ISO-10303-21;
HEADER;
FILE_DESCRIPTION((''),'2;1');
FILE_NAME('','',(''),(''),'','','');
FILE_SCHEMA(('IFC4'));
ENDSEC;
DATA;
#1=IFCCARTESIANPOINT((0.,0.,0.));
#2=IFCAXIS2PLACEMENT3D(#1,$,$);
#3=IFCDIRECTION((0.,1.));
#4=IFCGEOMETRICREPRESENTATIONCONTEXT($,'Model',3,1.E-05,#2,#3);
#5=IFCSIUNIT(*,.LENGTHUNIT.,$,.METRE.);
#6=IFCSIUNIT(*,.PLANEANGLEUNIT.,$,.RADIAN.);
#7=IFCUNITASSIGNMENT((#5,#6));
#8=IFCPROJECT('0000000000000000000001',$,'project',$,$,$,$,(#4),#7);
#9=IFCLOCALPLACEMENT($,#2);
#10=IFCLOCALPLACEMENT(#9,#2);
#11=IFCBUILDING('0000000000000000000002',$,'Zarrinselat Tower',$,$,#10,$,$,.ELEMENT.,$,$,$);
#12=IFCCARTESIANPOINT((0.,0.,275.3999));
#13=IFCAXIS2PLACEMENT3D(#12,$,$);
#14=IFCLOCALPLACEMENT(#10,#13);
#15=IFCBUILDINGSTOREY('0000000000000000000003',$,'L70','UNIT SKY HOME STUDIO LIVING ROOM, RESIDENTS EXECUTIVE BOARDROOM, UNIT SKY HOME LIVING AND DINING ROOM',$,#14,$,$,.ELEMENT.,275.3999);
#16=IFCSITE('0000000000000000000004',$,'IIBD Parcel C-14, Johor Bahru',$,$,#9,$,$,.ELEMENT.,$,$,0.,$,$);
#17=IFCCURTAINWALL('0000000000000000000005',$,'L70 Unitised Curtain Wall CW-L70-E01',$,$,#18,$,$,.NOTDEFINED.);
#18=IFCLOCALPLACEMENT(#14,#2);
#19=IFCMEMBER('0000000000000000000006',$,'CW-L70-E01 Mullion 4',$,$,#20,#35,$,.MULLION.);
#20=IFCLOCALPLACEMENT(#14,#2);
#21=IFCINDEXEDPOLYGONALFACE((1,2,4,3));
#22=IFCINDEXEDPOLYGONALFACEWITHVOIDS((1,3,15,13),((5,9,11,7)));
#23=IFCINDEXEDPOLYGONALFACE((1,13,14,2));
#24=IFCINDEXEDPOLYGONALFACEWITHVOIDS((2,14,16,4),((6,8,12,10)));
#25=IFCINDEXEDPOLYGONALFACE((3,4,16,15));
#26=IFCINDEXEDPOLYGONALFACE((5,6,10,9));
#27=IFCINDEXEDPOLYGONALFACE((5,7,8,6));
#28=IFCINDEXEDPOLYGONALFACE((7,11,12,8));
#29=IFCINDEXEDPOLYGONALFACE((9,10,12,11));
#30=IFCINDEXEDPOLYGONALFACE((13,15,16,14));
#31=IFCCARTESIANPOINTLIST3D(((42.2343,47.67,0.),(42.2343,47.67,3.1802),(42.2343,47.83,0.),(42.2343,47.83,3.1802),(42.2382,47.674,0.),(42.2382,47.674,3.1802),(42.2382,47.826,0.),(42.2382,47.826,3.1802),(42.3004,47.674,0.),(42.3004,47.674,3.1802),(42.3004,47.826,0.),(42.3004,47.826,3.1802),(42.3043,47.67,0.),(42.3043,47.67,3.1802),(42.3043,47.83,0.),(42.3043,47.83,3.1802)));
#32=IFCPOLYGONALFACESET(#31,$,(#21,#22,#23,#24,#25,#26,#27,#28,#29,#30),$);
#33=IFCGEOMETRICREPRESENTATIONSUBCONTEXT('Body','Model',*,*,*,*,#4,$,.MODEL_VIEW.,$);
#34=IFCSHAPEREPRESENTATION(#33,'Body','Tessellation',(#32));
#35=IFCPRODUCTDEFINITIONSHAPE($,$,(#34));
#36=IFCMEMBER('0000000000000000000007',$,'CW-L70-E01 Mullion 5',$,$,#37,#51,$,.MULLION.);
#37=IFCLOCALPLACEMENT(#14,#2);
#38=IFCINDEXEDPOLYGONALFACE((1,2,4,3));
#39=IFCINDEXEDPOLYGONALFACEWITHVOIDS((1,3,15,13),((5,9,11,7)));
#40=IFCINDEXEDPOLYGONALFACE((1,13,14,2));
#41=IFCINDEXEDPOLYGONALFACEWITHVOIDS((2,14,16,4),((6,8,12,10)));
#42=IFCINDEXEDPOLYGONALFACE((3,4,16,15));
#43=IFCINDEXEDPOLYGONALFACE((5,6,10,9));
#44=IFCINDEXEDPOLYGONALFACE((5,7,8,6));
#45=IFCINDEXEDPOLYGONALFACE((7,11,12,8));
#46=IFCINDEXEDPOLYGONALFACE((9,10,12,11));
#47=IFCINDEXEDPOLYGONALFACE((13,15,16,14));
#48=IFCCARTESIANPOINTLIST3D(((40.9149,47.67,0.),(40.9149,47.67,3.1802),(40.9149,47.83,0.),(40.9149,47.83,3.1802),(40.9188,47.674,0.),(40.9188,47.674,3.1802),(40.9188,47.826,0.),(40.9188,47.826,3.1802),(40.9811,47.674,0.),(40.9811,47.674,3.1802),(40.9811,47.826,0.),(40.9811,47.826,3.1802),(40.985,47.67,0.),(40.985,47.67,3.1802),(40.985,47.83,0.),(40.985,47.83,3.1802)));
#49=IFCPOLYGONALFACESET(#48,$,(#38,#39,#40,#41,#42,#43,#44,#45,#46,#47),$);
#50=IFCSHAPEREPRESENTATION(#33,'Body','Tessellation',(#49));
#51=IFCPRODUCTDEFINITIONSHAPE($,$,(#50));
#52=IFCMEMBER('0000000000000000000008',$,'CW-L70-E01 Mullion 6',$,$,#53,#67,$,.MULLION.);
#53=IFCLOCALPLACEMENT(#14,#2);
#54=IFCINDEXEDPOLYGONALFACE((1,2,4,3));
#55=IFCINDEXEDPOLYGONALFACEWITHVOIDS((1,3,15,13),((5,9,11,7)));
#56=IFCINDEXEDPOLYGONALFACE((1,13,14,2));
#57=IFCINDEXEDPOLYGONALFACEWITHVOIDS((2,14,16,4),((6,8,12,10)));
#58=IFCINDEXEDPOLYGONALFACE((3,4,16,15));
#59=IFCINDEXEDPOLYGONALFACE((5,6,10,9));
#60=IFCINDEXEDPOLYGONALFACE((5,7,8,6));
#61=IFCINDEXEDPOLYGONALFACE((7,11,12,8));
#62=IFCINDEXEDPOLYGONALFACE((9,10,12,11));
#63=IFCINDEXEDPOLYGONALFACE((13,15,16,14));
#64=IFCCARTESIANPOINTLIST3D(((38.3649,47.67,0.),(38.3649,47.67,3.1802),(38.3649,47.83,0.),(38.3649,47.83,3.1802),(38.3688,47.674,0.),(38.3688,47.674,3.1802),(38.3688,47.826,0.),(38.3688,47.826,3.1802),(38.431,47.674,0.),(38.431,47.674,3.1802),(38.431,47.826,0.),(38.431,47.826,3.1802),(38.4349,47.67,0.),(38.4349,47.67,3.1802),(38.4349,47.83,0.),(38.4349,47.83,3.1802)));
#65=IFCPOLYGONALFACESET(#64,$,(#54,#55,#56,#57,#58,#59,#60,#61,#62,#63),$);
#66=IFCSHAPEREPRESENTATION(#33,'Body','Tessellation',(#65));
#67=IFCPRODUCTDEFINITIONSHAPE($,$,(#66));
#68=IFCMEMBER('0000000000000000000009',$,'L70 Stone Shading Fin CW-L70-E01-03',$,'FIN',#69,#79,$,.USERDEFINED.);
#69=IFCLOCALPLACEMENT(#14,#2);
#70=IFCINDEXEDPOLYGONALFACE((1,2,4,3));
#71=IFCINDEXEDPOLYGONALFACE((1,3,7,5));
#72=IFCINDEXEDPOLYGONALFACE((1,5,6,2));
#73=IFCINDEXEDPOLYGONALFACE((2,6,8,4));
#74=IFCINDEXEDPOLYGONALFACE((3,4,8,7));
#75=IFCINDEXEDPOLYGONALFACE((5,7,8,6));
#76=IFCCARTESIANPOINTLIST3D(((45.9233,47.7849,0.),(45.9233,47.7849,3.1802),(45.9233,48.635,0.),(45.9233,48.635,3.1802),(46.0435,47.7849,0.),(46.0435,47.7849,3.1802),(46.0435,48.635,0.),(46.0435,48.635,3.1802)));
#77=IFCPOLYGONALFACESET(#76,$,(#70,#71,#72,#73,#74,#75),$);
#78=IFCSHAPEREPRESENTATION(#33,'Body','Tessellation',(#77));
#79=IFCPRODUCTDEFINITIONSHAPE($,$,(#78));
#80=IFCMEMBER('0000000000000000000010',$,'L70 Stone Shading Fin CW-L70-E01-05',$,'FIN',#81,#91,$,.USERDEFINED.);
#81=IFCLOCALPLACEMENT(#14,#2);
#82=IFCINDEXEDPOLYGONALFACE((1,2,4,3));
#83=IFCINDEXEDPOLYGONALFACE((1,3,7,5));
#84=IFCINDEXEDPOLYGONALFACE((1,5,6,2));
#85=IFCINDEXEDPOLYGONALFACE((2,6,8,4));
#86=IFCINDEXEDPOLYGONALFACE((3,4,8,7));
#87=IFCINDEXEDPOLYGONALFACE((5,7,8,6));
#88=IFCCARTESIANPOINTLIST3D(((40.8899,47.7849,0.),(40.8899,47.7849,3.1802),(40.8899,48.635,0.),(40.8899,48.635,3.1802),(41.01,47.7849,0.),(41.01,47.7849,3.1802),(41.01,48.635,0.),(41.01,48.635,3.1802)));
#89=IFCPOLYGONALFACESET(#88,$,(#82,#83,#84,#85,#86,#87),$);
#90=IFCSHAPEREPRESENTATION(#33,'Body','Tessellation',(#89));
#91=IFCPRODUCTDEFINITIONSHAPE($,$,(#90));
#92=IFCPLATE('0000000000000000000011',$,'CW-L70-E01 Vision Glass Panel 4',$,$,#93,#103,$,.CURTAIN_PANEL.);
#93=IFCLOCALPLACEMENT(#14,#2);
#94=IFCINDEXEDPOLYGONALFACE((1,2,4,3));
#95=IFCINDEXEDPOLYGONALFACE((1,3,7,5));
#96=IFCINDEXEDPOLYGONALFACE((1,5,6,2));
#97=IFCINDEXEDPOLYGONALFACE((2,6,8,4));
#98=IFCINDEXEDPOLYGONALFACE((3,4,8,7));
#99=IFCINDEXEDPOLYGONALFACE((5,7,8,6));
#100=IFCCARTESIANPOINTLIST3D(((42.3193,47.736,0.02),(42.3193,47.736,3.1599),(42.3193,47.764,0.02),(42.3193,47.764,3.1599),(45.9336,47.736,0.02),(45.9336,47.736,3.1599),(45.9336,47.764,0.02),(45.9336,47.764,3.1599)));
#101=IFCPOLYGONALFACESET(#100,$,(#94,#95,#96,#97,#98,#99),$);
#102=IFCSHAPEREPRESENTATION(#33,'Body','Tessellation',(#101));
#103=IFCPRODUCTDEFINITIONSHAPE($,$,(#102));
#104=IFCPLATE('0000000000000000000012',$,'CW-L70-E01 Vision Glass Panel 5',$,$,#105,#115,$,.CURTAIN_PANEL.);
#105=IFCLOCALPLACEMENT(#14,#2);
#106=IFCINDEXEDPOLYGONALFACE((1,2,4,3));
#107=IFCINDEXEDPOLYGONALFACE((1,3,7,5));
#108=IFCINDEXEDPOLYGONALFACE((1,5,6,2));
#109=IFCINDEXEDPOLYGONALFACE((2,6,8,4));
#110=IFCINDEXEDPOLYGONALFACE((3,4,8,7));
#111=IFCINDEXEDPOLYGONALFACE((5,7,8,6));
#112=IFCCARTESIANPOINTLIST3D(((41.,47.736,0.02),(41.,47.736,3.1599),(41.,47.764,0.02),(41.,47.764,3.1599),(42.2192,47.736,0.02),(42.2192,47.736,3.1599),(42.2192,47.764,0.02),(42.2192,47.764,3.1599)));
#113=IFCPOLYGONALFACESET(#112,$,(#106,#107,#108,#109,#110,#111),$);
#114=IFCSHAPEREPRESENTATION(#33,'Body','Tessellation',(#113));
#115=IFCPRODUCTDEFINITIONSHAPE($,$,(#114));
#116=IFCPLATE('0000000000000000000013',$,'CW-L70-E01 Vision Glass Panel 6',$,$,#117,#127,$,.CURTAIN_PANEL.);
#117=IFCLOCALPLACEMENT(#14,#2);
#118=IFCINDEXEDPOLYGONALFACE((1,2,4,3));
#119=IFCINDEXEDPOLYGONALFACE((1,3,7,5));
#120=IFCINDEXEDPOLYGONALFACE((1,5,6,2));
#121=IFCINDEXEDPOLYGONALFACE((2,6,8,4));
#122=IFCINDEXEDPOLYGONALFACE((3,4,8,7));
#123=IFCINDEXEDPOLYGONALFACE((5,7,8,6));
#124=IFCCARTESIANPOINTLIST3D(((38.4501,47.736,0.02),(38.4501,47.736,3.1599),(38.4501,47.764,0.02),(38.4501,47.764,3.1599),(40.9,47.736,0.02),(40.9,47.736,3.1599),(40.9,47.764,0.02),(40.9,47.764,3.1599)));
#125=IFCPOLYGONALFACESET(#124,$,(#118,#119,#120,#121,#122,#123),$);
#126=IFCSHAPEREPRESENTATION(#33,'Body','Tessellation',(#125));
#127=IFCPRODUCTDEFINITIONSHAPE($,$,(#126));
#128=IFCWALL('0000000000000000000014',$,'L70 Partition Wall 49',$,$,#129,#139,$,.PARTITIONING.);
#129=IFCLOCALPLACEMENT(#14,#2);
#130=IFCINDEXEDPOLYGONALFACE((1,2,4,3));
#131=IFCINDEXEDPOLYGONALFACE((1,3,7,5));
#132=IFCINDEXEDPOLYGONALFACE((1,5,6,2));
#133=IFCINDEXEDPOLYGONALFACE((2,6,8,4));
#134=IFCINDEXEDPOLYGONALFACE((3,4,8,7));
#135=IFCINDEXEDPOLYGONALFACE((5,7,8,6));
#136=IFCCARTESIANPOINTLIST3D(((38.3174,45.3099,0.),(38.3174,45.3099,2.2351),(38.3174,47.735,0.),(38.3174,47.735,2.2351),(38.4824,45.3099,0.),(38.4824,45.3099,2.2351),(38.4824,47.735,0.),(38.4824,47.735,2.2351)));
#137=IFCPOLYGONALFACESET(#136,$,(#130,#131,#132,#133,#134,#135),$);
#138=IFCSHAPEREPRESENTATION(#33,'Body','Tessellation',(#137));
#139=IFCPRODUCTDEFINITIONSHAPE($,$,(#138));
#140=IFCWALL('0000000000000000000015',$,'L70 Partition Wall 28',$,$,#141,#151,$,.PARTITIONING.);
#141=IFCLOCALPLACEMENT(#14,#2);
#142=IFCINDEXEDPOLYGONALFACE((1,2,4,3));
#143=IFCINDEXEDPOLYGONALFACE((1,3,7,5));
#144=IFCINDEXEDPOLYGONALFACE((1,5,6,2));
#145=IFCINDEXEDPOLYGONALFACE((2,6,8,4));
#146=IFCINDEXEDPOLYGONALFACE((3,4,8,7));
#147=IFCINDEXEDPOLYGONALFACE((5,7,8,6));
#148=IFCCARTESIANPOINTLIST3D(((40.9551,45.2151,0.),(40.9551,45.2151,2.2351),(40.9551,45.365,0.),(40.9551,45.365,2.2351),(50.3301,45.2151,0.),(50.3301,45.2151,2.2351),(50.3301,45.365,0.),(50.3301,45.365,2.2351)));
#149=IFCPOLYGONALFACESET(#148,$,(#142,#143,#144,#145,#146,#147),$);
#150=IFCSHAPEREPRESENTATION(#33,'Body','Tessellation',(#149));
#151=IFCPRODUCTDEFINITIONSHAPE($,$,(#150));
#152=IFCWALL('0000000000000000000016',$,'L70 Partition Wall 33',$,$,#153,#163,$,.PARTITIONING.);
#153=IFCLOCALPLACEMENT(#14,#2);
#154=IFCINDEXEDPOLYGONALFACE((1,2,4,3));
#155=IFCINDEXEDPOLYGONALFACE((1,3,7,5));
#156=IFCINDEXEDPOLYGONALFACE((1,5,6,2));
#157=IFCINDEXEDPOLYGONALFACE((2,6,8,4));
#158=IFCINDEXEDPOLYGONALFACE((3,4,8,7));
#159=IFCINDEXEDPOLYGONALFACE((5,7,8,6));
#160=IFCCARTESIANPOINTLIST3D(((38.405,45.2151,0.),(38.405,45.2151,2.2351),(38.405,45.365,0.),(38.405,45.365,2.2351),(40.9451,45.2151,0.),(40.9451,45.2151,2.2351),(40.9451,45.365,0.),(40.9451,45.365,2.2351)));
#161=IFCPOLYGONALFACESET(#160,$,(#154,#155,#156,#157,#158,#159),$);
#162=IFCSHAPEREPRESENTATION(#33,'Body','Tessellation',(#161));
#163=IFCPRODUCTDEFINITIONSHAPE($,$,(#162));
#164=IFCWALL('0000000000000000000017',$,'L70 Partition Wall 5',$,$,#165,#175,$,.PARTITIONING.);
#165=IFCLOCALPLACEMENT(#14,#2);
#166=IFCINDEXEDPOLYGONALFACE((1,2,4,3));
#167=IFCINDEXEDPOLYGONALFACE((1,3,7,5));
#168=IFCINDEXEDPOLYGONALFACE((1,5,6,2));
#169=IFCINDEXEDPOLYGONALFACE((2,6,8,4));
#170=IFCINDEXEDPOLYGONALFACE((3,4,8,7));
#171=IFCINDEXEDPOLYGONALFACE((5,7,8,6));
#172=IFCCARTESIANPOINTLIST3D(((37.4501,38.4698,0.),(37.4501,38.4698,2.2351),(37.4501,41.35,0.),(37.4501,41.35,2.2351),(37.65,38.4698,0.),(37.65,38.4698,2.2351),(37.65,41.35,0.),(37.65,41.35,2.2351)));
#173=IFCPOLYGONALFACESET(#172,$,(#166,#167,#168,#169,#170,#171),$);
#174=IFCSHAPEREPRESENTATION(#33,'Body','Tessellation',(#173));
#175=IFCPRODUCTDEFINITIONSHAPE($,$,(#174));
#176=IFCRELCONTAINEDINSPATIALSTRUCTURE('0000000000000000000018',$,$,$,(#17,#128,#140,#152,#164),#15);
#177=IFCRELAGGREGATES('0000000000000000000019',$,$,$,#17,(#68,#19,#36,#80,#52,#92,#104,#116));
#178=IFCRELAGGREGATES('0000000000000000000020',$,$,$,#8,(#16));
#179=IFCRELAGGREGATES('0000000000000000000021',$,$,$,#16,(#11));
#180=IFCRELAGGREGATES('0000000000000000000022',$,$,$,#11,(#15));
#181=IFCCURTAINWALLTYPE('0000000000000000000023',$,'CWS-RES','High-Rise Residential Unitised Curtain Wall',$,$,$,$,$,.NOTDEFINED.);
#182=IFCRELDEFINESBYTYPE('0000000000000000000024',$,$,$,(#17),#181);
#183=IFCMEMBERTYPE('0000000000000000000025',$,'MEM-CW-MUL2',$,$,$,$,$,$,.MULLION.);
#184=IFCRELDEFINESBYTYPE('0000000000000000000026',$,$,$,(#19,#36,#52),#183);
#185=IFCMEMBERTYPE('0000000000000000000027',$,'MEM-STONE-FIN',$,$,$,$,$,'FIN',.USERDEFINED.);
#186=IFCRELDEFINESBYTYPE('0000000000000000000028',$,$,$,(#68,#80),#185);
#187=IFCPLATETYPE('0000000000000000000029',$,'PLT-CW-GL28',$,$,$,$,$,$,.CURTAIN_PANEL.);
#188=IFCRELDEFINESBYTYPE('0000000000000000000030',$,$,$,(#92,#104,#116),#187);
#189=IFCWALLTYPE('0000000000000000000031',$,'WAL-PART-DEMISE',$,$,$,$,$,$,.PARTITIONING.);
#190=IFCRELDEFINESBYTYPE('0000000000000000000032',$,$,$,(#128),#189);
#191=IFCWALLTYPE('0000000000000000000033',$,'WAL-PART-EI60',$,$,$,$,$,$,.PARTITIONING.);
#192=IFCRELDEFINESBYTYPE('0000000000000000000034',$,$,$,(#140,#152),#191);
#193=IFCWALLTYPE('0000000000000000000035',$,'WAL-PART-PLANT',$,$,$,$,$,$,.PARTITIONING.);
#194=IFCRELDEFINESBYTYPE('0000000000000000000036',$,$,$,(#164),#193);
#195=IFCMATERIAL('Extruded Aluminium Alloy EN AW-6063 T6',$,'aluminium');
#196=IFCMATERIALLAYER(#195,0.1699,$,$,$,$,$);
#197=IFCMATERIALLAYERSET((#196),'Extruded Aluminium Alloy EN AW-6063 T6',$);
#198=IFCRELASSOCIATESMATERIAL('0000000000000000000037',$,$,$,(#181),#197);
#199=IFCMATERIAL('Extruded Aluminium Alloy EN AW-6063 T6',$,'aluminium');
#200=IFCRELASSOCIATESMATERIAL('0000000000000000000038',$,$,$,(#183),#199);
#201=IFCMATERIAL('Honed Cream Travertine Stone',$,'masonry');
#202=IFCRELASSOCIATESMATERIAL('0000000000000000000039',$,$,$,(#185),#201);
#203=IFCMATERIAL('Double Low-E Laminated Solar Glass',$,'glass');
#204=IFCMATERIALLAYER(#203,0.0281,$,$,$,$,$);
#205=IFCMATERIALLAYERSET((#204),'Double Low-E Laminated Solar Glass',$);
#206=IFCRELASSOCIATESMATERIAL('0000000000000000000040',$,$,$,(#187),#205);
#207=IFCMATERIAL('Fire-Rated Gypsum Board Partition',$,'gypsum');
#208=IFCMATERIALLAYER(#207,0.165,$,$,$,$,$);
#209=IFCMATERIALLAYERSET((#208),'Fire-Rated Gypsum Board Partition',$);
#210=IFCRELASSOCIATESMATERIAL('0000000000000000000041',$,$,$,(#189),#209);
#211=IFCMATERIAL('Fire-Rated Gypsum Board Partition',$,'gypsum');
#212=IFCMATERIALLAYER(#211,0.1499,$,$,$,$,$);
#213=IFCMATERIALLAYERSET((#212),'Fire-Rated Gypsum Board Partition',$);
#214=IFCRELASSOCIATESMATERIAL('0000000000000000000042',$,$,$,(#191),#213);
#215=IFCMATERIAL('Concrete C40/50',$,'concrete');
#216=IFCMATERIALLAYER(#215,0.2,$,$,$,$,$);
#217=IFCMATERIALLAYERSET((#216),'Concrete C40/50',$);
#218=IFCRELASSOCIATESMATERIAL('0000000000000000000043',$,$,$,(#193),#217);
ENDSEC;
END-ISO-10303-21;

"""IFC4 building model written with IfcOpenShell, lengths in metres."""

from ifc_helpers import new_model, si_unit, direction, frame, frame_2d, origin, origin_2d, place, context, subcontext, project, spatial, rectangle, hollow_rectangle, extrude, material, layer, layer_set, material_profile, profile_set, type_object, element, aggregate, save


model = new_model("IFC4")

# Units and contexts
model_context = context("Model", 3, precision=1e-05, world=origin(), true_north=direction((0.0, 1.0)))
body_context = subcontext(model_context, "Body", "Model", "MODEL_VIEW")
ifc_project = project(units=[si_unit("LENGTHUNIT", "METRE"), si_unit("PLANEANGLEUNIT", "RADIAN")], contexts=[model_context])

# Site, building, storey
site_placement = place(None, origin())
site = spatial("IfcSite", under=ifc_project, at=site_placement, Name="IIBD Parcel C-14, Johor Bahru", CompositionType="ELEMENT", RefElevation=0.0)
building_placement = place(site_placement, origin())
building = spatial("IfcBuilding", under=site, at=building_placement, Name="Zarrinselat Tower", CompositionType="ELEMENT")
storey_placement = place(building_placement, frame((0.0, 0.0, 275.3999)))
storey = spatial("IfcBuildingStorey", under=building, at=storey_placement, Name="L70", Description="UNIT SKY HOME STUDIO LIVING ROOM, RESIDENTS EXECUTIVE BOARDROOM, UNIT SKY HOME LIVING AND DINING ROOM", CompositionType="ELEMENT", Elevation=275.3999)

# Curtain wall, members, plates
ifc_material_1 = material(Name="Extruded Aluminium Alloy EN AW-6063 T6", Category="aluminium")
ifc_layer_1 = layer(ifc_material_1, 0.1699)
ifc_layer_set_1 = layer_set([ifc_layer_1], Name="Extruded Aluminium Alloy EN AW-6063 T6")
curtain_wall_type = type_object("IfcCurtainWallType", Name="CWS-RES", Description="High-Rise Residential Unitised Curtain Wall", PredefinedType="NOTDEFINED", material=ifc_layer_set_1)
curtain_wall_placement = place(storey_placement, origin())
curtain_wall = element("IfcCurtainWall", 1, at=curtain_wall_placement, inside=storey, type_object=curtain_wall_type, Name="L70 Unitised Curtain Wall CW-L70-E01", PredefinedType="NOTDEFINED")
ifc_material_2 = material(Name="Extruded Aluminium Alloy EN AW-6063 T6", Category="aluminium")
ifc_material_profile_1 = material_profile(ifc_material_2, hollow_rectangle(XDim=0.0701, YDim=0.1599, WallThickness=0.0039, at=origin_2d()), Name="RHS 160x70x4")
ifc_profile_set_1 = profile_set([ifc_material_profile_1], Name="Extruded Aluminium Alloy EN AW-6063 T6")
member_type_1 = type_object("IfcMemberType", Name="MEM-CW-MUL2", PredefinedType="MULLION", material=ifc_profile_set_1)
member_1_placement = place(storey_placement, frame((42.2693, 47.75, 0.0), z_axis=(0.0, 0.0, 1.0), x_axis=(-1.0, 0.0, 0.0)))
member_1 = element("IfcMember", 2, at=member_1_placement, type_object=member_type_1, Name="CW-L70-E01 Mullion 4", PredefinedType="MULLION", context=body_context, shape_type="SweptSolid", body=[
    extrude(hollow_rectangle(XDim=0.0701, YDim=0.1599, WallThickness=0.0039, at=origin_2d()), origin(), (0.0, 0.0, 1.0), 3.1802),
])
member_2_placement = place(storey_placement, frame((40.95, 47.75, 0.0), z_axis=(0.0, 0.0, 1.0), x_axis=(-1.0, 0.0, 0.0)))
member_2 = element("IfcMember", 3, at=member_2_placement, type_object=member_type_1, Name="CW-L70-E01 Mullion 5", PredefinedType="MULLION", context=body_context, shape_type="SweptSolid", body=[
    extrude(hollow_rectangle(XDim=0.0701, YDim=0.1599, WallThickness=0.0039, at=origin_2d()), origin(), (0.0, 0.0, 1.0), 3.1802),
])
member_3_placement = place(storey_placement, frame((38.3999, 47.75, 0.0), z_axis=(0.0, 0.0, 1.0), x_axis=(-1.0, 0.0, 0.0)))
member_3 = element("IfcMember", 4, at=member_3_placement, type_object=member_type_1, Name="CW-L70-E01 Mullion 6", PredefinedType="MULLION", context=body_context, shape_type="SweptSolid", body=[
    extrude(hollow_rectangle(XDim=0.0701, YDim=0.1599, WallThickness=0.0039, at=origin_2d()), origin(), (0.0, 0.0, 1.0), 3.1802),
])
ifc_material_3 = material(Name="Honed Cream Travertine Stone", Category="masonry")
ifc_material_profile_2 = material_profile(ifc_material_3, rectangle(XDim=0.1201, YDim=0.8501, at=origin_2d()), Name="FIN 850x120")
ifc_profile_set_2 = profile_set([ifc_material_profile_2], Name="Honed Cream Travertine Stone")
member_type_2 = type_object("IfcMemberType", Name="MEM-STONE-FIN", ElementType="FIN", PredefinedType="USERDEFINED", material=ifc_profile_set_2)
member_4_placement = place(storey_placement, frame((45.9834, 48.21, 0.0), z_axis=(0.0, 0.0, 1.0), x_axis=(1.0, 0.0, 0.0)))
member_4 = element("IfcMember", 5, at=member_4_placement, type_object=member_type_2, Name="L70 Stone Shading Fin CW-L70-E01-03", ObjectType="FIN", PredefinedType="USERDEFINED", context=body_context, shape_type="SweptSolid", body=[
    extrude(rectangle(XDim=0.1201, YDim=0.8501, at=origin_2d()), origin(), (0.0, 0.0, 1.0), 3.1802),
])
member_5_placement = place(storey_placement, frame((40.95, 48.21, 0.0), z_axis=(0.0, 0.0, 1.0), x_axis=(1.0, 0.0, 0.0)))
member_5 = element("IfcMember", 6, at=member_5_placement, type_object=member_type_2, Name="L70 Stone Shading Fin CW-L70-E01-05", ObjectType="FIN", PredefinedType="USERDEFINED", context=body_context, shape_type="SweptSolid", body=[
    extrude(rectangle(XDim=0.1201, YDim=0.8501, at=origin_2d()), origin(), (0.0, 0.0, 1.0), 3.1802),
])
ifc_material_4 = material(Name="Double Low-E Laminated Solar Glass", Category="glass")
ifc_layer_2 = layer(ifc_material_4, 0.0281)
ifc_layer_set_2 = layer_set([ifc_layer_2], Name="Double Low-E Laminated Solar Glass")
plate_type = type_object("IfcPlateType", Name="PLT-CW-GL28", PredefinedType="CURTAIN_PANEL", material=ifc_layer_set_2)
plate_1_placement = place(storey_placement, frame((44.1265, 47.75, 0.02), z_axis=(0.0, 0.0, 1.0), x_axis=(-1.0, 0.0, 0.0)))
plate_1 = element("IfcPlate", 7, at=plate_1_placement, type_object=plate_type, Name="CW-L70-E01 Vision Glass Panel 4", PredefinedType="CURTAIN_PANEL", context=body_context, shape_type="SweptSolid", body=[
    extrude(rectangle(XDim=3.6143, YDim=0.0281, at=origin_2d()), origin(), (0.0, 0.0, 1.0), 3.1399),
])
plate_2_placement = place(storey_placement, frame((41.6096, 47.75, 0.02), z_axis=(0.0, 0.0, 1.0), x_axis=(-1.0, 0.0, 0.0)))
plate_2 = element("IfcPlate", 8, at=plate_2_placement, type_object=plate_type, Name="CW-L70-E01 Vision Glass Panel 5", PredefinedType="CURTAIN_PANEL", context=body_context, shape_type="SweptSolid", body=[
    extrude(rectangle(XDim=1.2192, YDim=0.0281, at=origin_2d()), origin(), (0.0, 0.0, 1.0), 3.1399),
])
plate_3_placement = place(storey_placement, frame((39.675, 47.75, 0.02), z_axis=(0.0, 0.0, 1.0), x_axis=(-1.0, 0.0, 0.0)))
plate_3 = element("IfcPlate", 9, at=plate_3_placement, type_object=plate_type, Name="CW-L70-E01 Vision Glass Panel 6", PredefinedType="CURTAIN_PANEL", context=body_context, shape_type="SweptSolid", body=[
    extrude(rectangle(XDim=2.45, YDim=0.0281, at=origin_2d()), origin(), (0.0, 0.0, 1.0), 3.1399),
])
aggregate(curtain_wall, [member_4, member_1, member_2, member_5, member_3, plate_1, plate_2, plate_3])

# Walls
ifc_material_5 = material(Name="Fire-Rated Gypsum Board Partition", Category="gypsum")
ifc_layer_3 = layer(ifc_material_5, 0.165)
ifc_layer_set_3 = layer_set([ifc_layer_3], Name="Fire-Rated Gypsum Board Partition")
wall_type_1 = type_object("IfcWallType", Name="WAL-PART-DEMISE", PredefinedType="PARTITIONING", material=ifc_layer_set_3)
wall_1_placement = place(storey_placement, frame((38.3999, 45.3101, 0.0), z_axis=(0.0, 0.0, 1.0), x_axis=(0.0, 1.0, 0.0)))
element("IfcWall", 10, at=wall_1_placement, inside=storey, type_object=wall_type_1, Name="L70 Partition Wall 49", PredefinedType="PARTITIONING", context=body_context, shape_type="SweptSolid", body=[
    extrude(rectangle(XDim=2.425, YDim=0.165, at=frame_2d((1.2124, 0.0))), origin(), (0.0, 0.0, 1.0), 2.2351),
])
ifc_material_6 = material(Name="Fire-Rated Gypsum Board Partition", Category="gypsum")
ifc_layer_4 = layer(ifc_material_6, 0.1499)
ifc_layer_set_4 = layer_set([ifc_layer_4], Name="Fire-Rated Gypsum Board Partition")
wall_type_2 = type_object("IfcWallType", Name="WAL-PART-EI60", PredefinedType="PARTITIONING", material=ifc_layer_set_4)
wall_2_placement = place(storey_placement, frame((40.9551, 45.29, 0.0), z_axis=(0.0, 0.0, 1.0), x_axis=(1.0, 0.0, 0.0)))
element("IfcWall", 11, at=wall_2_placement, inside=storey, type_object=wall_type_2, Name="L70 Partition Wall 28", PredefinedType="PARTITIONING", context=body_context, shape_type="SweptSolid", body=[
    extrude(rectangle(XDim=9.375, YDim=0.1499, at=frame_2d((4.6875, 0.0))), origin(), (0.0, 0.0, 1.0), 2.2351),
])
wall_3_placement = place(storey_placement, frame((38.405, 45.29, 0.0), z_axis=(0.0, 0.0, 1.0), x_axis=(1.0, 0.0, 0.0)))
element("IfcWall", 12, at=wall_3_placement, inside=storey, type_object=wall_type_2, Name="L70 Partition Wall 33", PredefinedType="PARTITIONING", context=body_context, shape_type="SweptSolid", body=[
    extrude(rectangle(XDim=2.54, YDim=0.1499, at=frame_2d((1.27, 0.0))), origin(), (0.0, 0.0, 1.0), 2.2351),
])
ifc_material_7 = material(Name="Concrete C40/50", Category="concrete")
ifc_layer_5 = layer(ifc_material_7, 0.2)
ifc_layer_set_5 = layer_set([ifc_layer_5], Name="Concrete C40/50")
wall_type_3 = type_object("IfcWallType", Name="WAL-PART-PLANT", PredefinedType="PARTITIONING", material=ifc_layer_set_5)
wall_4_placement = place(storey_placement, frame((37.55, 38.47, 0.0), z_axis=(0.0, 0.0, 1.0), x_axis=(0.0, 1.0, 0.0)))
element("IfcWall", 13, at=wall_4_placement, inside=storey, type_object=wall_type_3, Name="L70 Partition Wall 5", PredefinedType="PARTITIONING", context=body_context, shape_type="SweptSolid", body=[
    extrude(rectangle(XDim=2.8801, YDim=0.2, at=frame_2d((1.4399, 0.0))), origin(), (0.0, 0.0, 1.0), 2.2351),
])

save(model, "model.ifc")
